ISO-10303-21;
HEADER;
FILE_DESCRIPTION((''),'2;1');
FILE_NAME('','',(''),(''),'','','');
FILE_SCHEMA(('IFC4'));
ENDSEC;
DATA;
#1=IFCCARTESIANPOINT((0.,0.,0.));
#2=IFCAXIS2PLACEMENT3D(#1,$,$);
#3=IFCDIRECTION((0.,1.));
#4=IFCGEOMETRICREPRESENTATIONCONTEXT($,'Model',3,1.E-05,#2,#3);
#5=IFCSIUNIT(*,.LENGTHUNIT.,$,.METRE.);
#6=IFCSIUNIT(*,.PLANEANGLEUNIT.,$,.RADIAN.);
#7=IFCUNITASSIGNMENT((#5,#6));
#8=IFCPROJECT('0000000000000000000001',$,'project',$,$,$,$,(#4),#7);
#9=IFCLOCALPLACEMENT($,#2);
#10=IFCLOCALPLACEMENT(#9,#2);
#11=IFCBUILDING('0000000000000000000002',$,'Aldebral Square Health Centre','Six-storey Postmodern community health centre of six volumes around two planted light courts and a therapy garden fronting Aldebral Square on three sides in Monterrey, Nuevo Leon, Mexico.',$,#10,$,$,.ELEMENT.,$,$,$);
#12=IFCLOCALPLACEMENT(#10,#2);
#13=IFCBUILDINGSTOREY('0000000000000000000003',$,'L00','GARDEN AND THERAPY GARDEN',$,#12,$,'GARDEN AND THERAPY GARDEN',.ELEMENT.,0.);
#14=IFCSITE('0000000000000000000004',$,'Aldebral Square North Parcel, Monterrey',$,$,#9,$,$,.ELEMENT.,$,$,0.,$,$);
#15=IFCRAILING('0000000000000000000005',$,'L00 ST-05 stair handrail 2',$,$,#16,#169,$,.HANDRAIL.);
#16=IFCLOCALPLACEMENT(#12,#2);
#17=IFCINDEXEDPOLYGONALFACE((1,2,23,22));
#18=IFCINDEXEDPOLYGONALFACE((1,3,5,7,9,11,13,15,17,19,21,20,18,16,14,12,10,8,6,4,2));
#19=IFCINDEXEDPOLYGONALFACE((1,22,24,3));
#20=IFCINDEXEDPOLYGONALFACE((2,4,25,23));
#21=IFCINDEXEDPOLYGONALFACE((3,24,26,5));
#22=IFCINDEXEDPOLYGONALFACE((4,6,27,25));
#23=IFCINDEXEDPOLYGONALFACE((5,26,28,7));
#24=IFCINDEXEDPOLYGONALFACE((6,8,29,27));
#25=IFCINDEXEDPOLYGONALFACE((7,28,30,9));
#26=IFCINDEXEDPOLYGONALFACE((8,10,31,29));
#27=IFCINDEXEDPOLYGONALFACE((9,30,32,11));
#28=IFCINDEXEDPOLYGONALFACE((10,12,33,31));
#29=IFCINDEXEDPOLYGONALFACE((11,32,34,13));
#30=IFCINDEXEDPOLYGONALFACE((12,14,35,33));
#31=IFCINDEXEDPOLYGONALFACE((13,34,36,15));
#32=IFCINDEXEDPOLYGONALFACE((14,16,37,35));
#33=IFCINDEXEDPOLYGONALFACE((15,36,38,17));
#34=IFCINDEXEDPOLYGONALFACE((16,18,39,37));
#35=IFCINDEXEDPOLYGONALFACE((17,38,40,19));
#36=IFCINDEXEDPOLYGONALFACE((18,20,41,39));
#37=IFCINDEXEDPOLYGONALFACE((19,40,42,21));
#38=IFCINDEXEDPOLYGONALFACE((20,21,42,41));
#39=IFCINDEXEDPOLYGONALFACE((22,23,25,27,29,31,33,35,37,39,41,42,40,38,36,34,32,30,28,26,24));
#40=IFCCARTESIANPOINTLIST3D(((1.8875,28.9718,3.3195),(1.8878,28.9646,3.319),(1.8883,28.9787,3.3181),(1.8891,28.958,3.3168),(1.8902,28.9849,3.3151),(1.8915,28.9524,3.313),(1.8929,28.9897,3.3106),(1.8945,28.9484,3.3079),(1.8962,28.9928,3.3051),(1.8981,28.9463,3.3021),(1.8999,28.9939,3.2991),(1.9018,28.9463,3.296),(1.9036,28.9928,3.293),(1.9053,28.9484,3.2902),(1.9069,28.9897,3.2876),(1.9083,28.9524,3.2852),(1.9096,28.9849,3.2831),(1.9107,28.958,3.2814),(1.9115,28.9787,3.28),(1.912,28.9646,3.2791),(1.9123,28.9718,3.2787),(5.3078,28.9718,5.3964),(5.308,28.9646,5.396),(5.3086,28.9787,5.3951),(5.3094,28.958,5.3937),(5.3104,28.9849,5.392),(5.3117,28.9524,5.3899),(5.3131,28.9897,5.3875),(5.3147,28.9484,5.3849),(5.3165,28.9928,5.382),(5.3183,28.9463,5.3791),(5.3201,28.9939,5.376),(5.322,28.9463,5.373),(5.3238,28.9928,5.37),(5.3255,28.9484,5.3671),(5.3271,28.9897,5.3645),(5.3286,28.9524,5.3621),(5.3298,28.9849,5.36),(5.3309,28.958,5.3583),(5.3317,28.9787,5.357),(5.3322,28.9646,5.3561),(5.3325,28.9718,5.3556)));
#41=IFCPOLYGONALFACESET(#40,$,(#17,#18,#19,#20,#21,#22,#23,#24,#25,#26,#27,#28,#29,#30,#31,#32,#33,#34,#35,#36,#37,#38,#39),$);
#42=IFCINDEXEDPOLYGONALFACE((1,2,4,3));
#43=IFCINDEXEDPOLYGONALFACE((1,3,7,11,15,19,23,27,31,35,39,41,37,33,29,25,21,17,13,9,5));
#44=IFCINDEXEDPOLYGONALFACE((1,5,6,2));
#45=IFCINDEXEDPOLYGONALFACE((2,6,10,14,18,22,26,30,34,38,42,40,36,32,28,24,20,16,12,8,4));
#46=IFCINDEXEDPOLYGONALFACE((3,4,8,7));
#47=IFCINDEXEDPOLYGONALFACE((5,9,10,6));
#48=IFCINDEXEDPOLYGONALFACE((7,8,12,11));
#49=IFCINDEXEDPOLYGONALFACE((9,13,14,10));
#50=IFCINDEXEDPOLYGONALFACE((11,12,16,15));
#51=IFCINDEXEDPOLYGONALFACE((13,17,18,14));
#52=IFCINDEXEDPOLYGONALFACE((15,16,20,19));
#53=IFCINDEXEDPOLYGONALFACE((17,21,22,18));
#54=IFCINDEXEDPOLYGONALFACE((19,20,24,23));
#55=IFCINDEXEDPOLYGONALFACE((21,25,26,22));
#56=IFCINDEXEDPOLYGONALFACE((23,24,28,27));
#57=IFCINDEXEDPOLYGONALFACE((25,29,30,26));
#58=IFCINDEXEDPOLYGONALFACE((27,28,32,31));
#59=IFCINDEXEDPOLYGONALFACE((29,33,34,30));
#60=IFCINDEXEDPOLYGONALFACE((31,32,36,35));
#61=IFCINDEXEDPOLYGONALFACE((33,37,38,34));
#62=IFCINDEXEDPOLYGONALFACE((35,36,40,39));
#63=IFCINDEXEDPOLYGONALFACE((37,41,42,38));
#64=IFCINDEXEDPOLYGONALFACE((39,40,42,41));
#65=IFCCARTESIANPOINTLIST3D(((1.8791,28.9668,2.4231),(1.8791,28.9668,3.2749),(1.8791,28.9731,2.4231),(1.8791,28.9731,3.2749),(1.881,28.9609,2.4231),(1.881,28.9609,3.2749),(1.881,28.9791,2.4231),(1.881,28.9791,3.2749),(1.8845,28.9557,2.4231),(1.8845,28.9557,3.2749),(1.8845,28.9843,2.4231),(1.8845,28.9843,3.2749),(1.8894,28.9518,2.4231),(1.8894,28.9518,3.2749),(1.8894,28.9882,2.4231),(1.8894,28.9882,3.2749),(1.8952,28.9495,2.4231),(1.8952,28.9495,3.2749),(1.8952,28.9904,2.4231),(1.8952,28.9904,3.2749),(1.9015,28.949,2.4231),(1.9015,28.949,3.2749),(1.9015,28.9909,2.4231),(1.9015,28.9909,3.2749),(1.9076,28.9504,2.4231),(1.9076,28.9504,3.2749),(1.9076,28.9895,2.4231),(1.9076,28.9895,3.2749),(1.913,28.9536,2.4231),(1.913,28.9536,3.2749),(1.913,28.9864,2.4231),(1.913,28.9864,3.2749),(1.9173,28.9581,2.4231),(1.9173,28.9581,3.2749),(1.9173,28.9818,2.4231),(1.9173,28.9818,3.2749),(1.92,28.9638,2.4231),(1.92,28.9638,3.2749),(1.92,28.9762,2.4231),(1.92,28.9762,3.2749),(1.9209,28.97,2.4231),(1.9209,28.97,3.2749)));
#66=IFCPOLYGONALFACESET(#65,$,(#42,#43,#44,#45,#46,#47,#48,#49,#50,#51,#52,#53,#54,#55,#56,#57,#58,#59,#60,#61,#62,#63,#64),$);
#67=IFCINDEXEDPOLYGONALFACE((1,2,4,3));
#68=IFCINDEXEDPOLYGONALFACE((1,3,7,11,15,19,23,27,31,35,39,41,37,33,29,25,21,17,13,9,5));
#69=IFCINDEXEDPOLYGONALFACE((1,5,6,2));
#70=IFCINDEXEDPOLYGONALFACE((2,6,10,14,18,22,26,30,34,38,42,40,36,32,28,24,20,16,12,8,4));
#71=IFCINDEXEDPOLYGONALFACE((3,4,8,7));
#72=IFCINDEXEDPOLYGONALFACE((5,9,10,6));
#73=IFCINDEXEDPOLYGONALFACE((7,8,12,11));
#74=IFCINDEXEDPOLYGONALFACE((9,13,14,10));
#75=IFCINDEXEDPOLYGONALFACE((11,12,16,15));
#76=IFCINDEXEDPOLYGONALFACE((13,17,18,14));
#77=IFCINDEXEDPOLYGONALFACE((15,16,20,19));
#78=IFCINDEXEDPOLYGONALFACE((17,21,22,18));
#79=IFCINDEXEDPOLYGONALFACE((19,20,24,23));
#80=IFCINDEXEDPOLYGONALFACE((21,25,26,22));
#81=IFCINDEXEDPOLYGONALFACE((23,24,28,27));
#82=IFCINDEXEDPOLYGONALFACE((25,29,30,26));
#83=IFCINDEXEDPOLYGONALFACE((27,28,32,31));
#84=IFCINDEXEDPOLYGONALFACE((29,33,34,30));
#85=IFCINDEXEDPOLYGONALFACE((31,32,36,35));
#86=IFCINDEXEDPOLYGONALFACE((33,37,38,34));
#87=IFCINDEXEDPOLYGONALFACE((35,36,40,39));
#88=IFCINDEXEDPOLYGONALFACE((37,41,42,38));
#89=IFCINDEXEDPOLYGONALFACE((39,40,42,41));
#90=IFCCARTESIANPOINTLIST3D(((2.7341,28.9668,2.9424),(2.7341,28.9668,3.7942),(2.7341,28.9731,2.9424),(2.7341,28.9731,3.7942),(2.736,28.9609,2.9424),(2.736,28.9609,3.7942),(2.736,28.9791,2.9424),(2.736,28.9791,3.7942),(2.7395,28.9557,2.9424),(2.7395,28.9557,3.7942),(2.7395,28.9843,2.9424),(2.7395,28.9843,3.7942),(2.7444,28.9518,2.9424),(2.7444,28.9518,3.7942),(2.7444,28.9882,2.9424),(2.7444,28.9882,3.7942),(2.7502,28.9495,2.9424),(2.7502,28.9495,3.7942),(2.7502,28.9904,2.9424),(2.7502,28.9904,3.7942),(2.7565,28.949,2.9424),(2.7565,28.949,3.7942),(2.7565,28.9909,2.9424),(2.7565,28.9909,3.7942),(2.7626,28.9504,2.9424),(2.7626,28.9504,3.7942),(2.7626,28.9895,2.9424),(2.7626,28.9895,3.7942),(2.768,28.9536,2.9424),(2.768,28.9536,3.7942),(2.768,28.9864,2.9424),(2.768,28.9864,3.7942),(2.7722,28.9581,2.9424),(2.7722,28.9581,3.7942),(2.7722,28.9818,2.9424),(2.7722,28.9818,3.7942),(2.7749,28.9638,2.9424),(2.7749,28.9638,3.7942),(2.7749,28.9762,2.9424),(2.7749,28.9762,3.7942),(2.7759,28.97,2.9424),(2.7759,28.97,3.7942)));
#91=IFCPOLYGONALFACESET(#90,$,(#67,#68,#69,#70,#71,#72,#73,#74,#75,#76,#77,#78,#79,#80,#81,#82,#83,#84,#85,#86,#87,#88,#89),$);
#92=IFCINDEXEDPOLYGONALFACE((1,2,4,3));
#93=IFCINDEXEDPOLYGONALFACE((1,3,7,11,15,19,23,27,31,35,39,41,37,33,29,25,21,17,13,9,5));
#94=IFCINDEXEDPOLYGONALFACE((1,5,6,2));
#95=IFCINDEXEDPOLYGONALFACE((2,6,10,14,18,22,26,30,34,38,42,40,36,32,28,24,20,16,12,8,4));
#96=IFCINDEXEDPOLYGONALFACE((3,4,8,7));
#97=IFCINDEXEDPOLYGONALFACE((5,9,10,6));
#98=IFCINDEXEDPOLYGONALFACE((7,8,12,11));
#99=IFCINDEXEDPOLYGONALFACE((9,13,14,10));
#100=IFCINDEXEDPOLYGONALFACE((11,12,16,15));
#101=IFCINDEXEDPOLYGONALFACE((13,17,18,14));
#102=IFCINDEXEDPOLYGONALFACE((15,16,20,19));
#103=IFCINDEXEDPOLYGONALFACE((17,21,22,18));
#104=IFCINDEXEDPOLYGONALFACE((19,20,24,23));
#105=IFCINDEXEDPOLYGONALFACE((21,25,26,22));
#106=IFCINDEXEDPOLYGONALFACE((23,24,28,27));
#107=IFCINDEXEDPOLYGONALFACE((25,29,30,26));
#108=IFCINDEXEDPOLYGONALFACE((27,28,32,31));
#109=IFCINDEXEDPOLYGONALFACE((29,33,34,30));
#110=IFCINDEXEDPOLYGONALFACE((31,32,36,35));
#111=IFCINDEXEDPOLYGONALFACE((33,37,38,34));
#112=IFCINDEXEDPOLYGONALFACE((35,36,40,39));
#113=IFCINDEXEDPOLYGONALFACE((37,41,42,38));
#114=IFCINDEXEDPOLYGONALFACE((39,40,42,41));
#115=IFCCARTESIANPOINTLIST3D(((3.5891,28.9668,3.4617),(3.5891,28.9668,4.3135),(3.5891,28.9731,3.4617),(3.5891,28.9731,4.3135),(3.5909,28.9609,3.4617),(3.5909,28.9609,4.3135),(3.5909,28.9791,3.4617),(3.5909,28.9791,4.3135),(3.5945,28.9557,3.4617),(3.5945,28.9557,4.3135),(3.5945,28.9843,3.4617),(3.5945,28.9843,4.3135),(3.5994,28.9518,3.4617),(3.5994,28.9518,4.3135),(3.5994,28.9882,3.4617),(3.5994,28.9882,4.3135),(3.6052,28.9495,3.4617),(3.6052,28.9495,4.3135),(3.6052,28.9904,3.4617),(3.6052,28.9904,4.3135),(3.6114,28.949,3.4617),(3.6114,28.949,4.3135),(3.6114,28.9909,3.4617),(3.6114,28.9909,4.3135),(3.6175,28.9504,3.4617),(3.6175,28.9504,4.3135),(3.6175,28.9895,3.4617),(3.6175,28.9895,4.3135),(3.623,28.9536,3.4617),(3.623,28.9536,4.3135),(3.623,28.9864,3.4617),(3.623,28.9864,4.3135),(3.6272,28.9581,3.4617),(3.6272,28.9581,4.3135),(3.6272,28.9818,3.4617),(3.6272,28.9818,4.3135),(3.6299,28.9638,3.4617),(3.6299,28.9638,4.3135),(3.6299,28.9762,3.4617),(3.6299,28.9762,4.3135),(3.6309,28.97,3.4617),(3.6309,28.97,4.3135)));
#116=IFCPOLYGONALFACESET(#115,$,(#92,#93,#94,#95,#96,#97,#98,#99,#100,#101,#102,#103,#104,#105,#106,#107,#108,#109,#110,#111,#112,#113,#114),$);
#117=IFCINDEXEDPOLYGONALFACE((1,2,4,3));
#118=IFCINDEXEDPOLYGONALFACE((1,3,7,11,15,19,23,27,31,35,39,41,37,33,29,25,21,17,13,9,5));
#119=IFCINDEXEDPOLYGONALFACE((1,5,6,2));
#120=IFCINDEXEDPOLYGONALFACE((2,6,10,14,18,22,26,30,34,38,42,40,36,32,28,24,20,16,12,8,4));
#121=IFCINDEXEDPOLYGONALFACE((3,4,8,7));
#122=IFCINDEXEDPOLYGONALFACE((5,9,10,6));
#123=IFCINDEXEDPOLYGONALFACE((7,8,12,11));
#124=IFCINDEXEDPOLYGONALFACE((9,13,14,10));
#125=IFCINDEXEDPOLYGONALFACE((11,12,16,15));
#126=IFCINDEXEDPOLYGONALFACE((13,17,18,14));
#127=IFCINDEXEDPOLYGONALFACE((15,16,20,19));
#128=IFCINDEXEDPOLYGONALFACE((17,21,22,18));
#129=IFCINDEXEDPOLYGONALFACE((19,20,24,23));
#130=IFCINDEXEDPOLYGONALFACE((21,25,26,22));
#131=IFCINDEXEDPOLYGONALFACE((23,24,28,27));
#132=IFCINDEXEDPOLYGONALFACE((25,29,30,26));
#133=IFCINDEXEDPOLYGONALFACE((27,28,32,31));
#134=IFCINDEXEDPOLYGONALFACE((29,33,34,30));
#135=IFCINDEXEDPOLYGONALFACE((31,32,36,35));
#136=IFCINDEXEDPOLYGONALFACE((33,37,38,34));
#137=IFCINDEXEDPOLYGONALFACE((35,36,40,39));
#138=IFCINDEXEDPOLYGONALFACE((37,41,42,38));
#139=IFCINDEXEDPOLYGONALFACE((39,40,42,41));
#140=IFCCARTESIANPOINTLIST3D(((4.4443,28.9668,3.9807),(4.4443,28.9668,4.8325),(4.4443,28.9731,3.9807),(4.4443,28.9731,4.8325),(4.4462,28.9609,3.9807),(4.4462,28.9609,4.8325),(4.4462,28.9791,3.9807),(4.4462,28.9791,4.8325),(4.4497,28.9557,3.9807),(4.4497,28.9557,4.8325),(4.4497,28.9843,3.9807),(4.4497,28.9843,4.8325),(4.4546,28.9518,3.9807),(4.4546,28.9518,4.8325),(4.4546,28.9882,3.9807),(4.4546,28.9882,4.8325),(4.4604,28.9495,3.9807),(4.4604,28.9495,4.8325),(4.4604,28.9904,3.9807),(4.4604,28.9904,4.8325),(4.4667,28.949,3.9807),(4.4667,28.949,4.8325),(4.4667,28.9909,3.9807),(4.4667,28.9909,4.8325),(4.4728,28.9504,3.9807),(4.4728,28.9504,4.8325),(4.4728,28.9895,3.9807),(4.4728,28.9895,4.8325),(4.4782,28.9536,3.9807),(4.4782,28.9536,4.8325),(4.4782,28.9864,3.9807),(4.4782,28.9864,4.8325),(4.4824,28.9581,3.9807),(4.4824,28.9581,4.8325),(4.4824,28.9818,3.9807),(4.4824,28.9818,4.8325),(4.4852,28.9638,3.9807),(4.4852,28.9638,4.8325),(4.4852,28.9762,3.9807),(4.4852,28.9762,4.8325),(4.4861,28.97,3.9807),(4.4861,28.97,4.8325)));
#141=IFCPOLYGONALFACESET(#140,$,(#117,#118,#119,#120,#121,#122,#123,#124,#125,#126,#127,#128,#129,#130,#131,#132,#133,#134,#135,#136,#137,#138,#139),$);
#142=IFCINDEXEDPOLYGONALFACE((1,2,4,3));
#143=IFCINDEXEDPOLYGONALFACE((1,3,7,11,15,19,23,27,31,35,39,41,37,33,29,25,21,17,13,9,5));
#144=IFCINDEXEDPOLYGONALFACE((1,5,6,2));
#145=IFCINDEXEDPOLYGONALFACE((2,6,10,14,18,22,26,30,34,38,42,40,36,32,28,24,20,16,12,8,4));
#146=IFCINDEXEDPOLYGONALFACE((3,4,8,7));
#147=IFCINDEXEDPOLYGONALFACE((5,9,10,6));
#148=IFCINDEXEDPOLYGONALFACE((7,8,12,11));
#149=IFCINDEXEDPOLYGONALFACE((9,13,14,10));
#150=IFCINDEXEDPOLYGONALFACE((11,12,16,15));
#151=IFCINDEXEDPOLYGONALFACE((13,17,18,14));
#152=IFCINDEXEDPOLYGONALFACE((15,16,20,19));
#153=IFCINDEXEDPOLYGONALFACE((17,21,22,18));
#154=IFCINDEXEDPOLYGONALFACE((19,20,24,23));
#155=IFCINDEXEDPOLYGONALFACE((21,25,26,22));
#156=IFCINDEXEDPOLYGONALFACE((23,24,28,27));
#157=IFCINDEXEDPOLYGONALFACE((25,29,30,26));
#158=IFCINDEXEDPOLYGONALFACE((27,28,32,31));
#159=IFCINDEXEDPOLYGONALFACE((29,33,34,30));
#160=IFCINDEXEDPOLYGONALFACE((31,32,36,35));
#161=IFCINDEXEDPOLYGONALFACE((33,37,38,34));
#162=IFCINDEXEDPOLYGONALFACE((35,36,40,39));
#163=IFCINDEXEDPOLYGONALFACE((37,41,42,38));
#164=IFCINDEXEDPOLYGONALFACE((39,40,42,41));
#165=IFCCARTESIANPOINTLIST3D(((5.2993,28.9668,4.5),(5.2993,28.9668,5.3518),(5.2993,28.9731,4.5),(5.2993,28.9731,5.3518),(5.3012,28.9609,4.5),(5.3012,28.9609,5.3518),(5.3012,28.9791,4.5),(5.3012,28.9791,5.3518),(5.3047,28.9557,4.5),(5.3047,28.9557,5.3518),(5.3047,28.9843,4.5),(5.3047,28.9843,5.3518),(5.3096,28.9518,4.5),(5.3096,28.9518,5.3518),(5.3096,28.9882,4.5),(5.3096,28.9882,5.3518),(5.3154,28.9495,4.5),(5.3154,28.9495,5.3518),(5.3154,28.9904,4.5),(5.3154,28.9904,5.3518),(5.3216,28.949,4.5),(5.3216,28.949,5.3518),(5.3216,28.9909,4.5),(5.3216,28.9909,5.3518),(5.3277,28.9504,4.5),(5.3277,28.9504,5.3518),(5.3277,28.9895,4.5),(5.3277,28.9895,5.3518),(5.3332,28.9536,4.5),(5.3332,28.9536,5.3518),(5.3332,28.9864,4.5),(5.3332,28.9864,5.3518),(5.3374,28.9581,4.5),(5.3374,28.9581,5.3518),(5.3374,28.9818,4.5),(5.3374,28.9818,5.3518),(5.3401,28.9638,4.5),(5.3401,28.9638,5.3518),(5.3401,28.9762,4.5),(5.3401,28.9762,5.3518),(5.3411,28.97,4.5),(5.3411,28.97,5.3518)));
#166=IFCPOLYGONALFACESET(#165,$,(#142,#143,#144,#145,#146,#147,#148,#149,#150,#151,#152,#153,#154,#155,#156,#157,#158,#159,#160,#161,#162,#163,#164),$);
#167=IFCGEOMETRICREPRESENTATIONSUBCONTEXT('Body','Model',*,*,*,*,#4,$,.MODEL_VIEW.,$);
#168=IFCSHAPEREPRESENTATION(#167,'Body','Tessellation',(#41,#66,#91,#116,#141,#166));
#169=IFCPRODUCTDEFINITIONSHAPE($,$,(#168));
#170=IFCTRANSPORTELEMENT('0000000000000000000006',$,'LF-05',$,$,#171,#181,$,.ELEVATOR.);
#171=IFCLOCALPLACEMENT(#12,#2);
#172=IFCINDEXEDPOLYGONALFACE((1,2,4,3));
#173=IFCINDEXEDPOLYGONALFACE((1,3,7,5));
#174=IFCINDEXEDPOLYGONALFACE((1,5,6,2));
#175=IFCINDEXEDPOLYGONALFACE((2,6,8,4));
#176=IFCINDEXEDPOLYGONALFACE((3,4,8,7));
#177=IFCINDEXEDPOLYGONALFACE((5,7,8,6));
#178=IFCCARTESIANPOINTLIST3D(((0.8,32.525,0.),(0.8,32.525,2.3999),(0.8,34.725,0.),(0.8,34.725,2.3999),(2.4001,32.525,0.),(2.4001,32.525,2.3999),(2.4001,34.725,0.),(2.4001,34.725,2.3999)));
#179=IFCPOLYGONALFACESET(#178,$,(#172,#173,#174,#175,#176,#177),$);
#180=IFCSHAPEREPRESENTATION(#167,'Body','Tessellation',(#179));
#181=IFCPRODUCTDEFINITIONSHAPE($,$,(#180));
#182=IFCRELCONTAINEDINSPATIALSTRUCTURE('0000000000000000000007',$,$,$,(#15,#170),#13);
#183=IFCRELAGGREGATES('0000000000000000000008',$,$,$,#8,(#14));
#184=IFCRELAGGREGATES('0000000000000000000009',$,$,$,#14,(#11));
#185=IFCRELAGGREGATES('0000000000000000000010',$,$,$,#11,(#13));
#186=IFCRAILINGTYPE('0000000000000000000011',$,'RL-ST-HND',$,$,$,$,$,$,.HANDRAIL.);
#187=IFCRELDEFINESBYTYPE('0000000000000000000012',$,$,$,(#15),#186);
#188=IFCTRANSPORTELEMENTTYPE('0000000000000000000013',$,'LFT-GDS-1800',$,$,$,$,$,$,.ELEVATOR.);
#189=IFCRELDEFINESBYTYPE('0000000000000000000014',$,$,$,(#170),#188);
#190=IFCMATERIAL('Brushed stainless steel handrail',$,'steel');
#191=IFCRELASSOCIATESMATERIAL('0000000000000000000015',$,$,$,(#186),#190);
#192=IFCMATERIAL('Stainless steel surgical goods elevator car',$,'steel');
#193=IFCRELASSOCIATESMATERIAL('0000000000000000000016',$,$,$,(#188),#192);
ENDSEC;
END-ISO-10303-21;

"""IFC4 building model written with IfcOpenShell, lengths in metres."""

from ifc_helpers import new_model, si_unit, direction, frame, origin, origin_2d, place, context, subcontext, project, spatial, rectangle, circle, extrude, material, type_object, element, save


model = new_model("IFC4")

# Units and contexts
model_context = context("Model", 3, precision=1e-05, world=origin(), true_north=direction((0.0, 1.0)))
body_context = subcontext(model_context, "Body", "Model", "MODEL_VIEW")
ifc_project = project(units=[si_unit("LENGTHUNIT", "METRE"), si_unit("PLANEANGLEUNIT", "RADIAN")], contexts=[model_context])

# Site, building, storey
site_placement = place(None, origin())
site = spatial("IfcSite", under=ifc_project, at=site_placement, Name="Aldebral Square North Parcel, Monterrey", CompositionType="ELEMENT", RefElevation=0.0)
building_placement = place(site_placement, origin())
building = spatial("IfcBuilding", under=site, at=building_placement, Name="Aldebral Square Health Centre", Description="Six-storey Postmodern community health centre of six volumes around two planted light courts and a therapy garden fronting Aldebral Square on three sides in Monterrey, Nuevo Leon, Mexico.", CompositionType="ELEMENT")
storey_placement = place(building_placement, origin())
storey = spatial("IfcBuildingStorey", under=building, at=storey_placement, Name="L00", Description="GARDEN AND THERAPY GARDEN", LongName="GARDEN AND THERAPY GARDEN", CompositionType="ELEMENT", Elevation=0.0)

# Railing
ifc_material_1 = material(Name="Brushed stainless steel handrail", Category="steel")
railing_type_1 = type_object("IfcRailingType", Name="RL-ST-HND", PredefinedType="HANDRAIL", material=ifc_material_1)
railing_1_placement = place(storey_placement, frame((1.8999, 28.97, 2.4231)))
element("IfcRailing", 1, at=railing_1_placement, inside=storey, type_object=railing_type_1, Name="L00 ST-05 stair handrail 2", PredefinedType="HANDRAIL", context=body_context, shape_type="SweptSolid", body=[
    extrude(circle(Radius=0.0239, at=origin_2d()), frame((0.0, 0.0, 0.876), z_axis=(0.854746, 0.0, 0.519047), x_axis=(0.0, 1.0, 0.0)), (0.0, 0.0, 1.0), 4.0015),
    extrude(circle(Radius=0.021, at=origin_2d()), origin(), (0.0, 0.0, 1.0), 0.8518),
    extrude(circle(Radius=0.021, at=origin_2d()), frame((0.855, 0.0, 0.5193)), (0.0, 0.0, 1.0), 0.8518),
    extrude(circle(Radius=0.021, at=origin_2d()), frame((1.71, 0.0, 1.0386)), (0.0, 0.0, 1.0), 0.8518),
    extrude(circle(Radius=0.021, at=origin_2d()), frame((2.5652, 0.0, 1.5576)), (0.0, 0.0, 1.0), 0.8518),
    extrude(circle(Radius=0.021, at=origin_2d()), frame((3.4202, 0.0, 2.0769)), (0.0, 0.0, 1.0), 0.8518),
])

# Transport element
ifc_material_2 = material(Name="Stainless steel surgical goods elevator car", Category="steel")
transport_element_type = type_object("IfcTransportElementType", Name="LFT-GDS-1800", PredefinedType="ELEVATOR", material=ifc_material_2)
transport_element_placement = place(storey_placement, frame((1.6001, 33.625, 0.0), z_axis=(0.0, 0.0, 1.0), x_axis=(1.0, 0.0, 0.0)))
element("IfcTransportElement", 2, at=transport_element_placement, inside=storey, type_object=transport_element_type, Name="LF-05", PredefinedType="ELEVATOR", context=body_context, shape_type="SweptSolid", body=[
    extrude(rectangle(XDim=1.6001, YDim=2.2, at=origin_2d()), origin(), (0.0, 0.0, 1.0), 2.3999),
])

save(model, "model.ifc")
